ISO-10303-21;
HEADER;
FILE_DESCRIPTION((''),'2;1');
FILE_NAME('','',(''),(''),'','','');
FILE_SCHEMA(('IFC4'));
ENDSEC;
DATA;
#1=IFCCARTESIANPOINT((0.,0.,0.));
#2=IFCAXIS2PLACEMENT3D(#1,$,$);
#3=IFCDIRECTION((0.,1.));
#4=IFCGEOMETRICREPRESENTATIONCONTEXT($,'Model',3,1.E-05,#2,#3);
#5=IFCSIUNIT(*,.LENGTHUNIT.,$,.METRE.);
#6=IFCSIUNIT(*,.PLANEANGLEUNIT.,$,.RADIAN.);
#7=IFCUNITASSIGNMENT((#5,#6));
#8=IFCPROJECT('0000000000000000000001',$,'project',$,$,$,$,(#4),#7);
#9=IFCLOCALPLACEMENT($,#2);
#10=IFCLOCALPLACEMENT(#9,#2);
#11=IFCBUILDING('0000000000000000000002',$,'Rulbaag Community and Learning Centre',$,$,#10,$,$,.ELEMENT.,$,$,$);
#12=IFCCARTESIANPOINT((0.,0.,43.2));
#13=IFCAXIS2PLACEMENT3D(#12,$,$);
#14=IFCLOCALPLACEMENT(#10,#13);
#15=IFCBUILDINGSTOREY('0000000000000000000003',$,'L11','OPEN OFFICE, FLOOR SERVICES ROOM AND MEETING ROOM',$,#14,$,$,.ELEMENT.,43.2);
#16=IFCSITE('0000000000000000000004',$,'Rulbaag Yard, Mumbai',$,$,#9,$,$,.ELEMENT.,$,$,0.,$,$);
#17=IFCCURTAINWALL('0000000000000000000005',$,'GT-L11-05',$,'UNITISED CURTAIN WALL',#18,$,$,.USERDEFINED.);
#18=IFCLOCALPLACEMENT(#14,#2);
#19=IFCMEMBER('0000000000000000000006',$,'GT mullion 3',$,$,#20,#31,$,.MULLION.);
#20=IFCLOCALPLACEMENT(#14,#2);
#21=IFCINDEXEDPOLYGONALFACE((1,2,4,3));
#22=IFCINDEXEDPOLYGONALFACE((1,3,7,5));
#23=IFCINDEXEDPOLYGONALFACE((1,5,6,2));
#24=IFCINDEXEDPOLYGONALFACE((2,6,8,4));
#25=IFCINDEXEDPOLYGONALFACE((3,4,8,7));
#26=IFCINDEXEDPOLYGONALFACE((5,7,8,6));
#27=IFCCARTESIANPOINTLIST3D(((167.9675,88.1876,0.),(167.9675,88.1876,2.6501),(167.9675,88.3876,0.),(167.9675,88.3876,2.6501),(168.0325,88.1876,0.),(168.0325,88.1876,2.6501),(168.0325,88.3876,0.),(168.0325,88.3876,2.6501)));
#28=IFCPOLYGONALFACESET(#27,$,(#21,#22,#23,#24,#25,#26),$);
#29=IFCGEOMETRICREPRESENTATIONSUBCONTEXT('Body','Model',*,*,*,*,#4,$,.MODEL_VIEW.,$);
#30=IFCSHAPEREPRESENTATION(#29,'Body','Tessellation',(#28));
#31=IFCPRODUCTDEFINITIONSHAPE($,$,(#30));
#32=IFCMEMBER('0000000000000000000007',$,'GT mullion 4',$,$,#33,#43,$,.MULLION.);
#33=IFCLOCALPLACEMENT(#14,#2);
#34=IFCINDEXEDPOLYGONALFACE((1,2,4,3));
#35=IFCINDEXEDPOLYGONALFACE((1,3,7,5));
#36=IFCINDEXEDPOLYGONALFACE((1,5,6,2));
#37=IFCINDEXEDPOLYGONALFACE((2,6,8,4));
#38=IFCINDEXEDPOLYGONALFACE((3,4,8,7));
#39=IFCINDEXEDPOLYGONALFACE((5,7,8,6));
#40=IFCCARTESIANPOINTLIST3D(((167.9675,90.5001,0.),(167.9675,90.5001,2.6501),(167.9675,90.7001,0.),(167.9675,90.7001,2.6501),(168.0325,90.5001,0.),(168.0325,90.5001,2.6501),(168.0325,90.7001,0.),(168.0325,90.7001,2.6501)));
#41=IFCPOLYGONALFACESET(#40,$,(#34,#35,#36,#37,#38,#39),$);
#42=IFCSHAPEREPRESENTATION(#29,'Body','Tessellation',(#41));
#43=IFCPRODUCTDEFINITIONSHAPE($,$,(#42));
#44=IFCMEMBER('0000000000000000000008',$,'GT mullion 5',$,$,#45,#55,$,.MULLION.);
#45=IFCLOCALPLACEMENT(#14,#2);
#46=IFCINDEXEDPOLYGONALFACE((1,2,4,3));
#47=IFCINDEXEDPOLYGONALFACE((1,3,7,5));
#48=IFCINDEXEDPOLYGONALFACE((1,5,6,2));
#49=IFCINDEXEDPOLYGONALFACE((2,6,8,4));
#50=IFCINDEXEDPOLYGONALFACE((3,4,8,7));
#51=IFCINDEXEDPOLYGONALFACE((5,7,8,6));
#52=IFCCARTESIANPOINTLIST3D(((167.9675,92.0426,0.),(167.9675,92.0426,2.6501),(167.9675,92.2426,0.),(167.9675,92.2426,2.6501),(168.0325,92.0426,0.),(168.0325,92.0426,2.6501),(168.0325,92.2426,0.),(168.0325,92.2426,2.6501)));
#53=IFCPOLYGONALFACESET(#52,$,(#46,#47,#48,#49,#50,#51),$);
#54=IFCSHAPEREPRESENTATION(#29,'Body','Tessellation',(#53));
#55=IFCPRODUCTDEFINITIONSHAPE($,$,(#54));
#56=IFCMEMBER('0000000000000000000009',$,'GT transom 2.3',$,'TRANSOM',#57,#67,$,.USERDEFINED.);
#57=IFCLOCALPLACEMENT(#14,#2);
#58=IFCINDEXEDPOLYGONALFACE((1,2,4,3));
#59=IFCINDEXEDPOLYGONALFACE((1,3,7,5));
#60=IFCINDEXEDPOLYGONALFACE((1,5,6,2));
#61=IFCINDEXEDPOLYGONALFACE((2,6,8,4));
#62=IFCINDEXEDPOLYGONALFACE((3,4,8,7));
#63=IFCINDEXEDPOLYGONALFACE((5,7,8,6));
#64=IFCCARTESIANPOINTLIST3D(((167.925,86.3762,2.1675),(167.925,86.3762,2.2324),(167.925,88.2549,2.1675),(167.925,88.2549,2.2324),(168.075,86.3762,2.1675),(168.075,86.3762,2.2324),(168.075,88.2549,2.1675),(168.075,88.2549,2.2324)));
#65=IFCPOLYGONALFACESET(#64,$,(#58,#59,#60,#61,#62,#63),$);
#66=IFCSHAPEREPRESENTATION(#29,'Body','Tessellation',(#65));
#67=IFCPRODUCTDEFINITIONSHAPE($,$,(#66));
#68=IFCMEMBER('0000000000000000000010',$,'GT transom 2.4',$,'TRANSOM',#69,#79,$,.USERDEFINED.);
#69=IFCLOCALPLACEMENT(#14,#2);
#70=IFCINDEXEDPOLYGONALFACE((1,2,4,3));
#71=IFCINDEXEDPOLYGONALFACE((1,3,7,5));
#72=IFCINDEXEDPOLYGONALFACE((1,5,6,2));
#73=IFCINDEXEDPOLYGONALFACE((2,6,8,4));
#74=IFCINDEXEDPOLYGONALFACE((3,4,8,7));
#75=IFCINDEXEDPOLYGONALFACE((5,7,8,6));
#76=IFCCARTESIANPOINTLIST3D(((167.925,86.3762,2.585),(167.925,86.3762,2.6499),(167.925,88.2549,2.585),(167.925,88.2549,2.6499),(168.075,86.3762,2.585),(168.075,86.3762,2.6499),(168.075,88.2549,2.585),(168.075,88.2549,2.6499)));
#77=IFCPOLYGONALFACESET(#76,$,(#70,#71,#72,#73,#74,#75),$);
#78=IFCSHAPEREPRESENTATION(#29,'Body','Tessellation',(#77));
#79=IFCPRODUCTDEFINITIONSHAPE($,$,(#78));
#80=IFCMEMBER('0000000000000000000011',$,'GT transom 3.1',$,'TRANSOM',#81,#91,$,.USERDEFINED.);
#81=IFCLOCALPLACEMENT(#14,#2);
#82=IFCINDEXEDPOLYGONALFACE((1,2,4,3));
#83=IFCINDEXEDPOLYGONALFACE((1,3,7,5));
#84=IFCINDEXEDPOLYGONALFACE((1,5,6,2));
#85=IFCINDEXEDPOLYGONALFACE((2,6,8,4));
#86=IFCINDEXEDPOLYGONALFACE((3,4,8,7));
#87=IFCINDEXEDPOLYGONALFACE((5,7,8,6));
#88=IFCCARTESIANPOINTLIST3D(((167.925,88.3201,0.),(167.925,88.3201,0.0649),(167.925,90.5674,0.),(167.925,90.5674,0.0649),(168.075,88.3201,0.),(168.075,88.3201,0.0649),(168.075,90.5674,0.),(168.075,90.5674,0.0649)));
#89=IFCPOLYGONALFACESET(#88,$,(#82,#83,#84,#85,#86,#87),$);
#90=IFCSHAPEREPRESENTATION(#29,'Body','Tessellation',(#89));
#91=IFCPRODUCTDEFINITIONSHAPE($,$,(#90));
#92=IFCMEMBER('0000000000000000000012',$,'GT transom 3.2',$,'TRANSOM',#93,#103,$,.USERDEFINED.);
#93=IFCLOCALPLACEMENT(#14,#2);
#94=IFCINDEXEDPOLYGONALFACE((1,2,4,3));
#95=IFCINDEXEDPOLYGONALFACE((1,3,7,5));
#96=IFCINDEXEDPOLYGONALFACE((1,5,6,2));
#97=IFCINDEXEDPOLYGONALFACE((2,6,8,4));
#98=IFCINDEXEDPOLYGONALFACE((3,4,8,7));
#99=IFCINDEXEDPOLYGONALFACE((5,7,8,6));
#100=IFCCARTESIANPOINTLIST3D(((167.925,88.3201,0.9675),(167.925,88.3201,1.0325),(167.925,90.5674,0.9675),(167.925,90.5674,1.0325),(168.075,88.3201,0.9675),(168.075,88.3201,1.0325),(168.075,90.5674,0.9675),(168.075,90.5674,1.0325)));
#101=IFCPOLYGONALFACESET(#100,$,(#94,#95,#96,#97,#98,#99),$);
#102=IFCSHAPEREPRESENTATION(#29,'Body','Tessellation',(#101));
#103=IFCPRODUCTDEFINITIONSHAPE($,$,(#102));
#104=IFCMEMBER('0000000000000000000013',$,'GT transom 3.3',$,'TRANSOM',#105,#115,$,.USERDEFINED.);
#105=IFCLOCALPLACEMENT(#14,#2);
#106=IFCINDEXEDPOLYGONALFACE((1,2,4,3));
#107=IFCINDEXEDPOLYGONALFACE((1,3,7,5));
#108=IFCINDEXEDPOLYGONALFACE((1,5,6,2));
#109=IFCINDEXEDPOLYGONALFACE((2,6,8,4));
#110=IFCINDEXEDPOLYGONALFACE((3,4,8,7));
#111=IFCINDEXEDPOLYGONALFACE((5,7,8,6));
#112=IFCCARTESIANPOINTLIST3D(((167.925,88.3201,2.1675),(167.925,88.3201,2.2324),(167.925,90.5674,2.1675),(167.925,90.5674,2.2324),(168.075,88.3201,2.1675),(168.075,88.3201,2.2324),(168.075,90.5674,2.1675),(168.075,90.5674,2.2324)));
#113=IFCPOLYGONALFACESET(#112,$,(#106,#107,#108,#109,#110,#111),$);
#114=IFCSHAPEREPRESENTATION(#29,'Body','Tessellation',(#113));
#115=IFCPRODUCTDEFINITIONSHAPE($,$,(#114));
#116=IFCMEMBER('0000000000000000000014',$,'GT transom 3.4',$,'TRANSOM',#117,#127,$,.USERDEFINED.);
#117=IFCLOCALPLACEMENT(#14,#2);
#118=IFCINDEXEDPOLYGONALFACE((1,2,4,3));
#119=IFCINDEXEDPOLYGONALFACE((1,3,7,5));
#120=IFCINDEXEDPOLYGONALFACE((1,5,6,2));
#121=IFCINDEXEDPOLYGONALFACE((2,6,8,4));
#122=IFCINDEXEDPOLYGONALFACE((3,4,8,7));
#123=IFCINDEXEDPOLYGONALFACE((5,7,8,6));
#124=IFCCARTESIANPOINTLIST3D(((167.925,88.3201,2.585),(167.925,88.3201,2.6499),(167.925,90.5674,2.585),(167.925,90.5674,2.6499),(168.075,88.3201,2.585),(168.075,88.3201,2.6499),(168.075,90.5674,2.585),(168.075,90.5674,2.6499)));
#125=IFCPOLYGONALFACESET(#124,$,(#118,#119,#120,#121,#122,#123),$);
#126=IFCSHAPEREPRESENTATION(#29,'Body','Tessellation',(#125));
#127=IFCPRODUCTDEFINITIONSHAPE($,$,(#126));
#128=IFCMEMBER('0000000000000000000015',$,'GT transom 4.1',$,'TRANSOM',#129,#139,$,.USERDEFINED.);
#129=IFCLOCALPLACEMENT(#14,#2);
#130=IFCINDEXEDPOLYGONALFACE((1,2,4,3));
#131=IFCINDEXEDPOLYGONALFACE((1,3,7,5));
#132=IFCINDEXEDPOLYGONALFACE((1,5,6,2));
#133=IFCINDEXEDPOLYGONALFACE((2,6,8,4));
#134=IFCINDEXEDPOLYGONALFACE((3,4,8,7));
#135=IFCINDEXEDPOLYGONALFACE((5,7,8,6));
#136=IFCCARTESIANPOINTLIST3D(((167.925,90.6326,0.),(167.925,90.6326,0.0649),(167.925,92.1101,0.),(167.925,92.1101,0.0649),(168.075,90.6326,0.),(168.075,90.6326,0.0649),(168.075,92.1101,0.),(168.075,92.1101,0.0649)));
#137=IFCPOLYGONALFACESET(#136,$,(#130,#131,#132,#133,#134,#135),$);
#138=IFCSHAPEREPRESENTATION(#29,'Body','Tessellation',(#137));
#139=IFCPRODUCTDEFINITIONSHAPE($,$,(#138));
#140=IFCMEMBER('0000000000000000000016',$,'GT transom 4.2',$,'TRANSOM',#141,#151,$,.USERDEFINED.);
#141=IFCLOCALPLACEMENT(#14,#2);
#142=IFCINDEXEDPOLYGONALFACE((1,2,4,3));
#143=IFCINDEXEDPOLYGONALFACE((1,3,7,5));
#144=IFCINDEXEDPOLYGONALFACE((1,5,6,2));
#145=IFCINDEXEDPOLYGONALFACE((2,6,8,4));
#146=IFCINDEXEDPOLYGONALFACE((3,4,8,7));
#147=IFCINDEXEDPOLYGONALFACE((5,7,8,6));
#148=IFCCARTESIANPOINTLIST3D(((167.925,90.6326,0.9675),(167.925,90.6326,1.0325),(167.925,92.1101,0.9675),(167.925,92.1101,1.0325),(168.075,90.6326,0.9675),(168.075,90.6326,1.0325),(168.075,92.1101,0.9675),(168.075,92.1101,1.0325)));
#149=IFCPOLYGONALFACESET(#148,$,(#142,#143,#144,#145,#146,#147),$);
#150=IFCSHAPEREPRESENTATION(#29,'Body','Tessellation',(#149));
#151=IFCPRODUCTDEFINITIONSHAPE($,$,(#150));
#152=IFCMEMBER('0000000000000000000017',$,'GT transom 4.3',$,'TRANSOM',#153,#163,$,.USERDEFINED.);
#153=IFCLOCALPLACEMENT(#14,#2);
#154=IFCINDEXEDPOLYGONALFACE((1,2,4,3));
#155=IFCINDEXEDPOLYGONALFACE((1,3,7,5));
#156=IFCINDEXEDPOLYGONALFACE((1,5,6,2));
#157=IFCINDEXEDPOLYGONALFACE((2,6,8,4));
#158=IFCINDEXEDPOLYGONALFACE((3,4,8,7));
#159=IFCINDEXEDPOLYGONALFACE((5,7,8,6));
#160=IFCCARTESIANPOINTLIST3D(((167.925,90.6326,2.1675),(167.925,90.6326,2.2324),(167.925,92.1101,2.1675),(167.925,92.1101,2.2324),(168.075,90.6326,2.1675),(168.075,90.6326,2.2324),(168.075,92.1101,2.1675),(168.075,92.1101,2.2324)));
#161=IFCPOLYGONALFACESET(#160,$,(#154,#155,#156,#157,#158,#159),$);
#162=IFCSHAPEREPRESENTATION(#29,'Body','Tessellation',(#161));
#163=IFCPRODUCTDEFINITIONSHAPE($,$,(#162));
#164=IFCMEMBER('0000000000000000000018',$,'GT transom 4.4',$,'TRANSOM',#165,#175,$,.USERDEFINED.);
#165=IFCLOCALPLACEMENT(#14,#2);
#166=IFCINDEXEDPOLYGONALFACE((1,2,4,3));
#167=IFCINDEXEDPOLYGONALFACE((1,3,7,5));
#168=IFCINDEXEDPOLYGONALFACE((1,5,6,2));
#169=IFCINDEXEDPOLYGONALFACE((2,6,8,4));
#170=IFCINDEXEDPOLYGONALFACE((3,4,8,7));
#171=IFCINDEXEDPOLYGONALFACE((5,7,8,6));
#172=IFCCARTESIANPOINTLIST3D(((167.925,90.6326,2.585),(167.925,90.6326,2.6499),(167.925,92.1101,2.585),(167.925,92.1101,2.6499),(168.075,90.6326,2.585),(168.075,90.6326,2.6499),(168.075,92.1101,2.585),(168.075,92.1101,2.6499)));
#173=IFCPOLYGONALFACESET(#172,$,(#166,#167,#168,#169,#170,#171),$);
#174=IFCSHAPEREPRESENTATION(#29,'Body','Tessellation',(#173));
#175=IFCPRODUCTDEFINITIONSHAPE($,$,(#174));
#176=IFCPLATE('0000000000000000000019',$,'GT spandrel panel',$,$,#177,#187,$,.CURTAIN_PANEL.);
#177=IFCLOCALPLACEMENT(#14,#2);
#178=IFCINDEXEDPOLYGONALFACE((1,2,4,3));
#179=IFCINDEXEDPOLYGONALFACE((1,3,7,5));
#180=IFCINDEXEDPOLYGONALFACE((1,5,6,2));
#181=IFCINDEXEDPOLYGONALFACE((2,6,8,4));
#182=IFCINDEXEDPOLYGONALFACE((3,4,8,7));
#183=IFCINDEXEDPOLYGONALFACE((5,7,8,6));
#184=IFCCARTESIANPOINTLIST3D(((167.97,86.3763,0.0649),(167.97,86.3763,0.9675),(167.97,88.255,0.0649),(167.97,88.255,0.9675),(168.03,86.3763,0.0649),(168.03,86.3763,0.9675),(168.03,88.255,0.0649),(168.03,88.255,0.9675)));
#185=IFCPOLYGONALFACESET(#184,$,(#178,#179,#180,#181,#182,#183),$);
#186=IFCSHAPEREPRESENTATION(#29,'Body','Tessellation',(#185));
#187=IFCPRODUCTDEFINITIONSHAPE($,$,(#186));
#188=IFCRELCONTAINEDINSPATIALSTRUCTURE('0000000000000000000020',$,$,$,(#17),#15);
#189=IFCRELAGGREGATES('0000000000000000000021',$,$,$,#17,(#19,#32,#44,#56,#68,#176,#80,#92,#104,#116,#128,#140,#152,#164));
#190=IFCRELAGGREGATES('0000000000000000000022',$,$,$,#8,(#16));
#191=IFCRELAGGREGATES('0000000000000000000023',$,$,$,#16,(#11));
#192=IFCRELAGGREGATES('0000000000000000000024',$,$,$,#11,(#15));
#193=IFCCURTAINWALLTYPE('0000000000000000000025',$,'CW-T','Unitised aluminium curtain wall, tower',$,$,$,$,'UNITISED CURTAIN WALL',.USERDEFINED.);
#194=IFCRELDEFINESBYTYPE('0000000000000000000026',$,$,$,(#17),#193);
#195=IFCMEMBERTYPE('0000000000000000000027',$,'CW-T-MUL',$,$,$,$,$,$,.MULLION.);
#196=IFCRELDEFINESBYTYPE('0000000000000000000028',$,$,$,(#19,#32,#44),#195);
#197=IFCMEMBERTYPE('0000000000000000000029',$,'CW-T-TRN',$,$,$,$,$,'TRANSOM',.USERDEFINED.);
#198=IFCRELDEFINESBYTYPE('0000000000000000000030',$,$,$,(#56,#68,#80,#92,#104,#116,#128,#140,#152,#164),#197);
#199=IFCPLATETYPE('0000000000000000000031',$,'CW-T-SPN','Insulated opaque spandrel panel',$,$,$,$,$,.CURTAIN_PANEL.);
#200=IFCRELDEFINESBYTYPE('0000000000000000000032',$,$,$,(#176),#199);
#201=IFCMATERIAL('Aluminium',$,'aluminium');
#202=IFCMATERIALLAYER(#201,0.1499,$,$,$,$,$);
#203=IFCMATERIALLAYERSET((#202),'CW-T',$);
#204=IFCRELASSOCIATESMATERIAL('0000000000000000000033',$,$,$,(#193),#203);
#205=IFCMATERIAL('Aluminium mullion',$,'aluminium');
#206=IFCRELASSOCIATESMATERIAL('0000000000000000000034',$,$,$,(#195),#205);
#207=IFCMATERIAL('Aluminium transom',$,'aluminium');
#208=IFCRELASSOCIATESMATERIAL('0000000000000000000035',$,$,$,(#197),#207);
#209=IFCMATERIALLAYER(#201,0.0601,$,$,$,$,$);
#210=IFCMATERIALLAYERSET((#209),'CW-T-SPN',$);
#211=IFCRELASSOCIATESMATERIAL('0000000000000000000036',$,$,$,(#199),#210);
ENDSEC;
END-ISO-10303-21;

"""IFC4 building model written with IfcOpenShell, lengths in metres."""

from ifc_helpers import new_model, si_unit, direction, frame, origin, origin_2d, place, context, subcontext, project, spatial, rectangle, extrude, material, layer, layer_set, material_profile, profile_set, type_object, element, aggregate, save


model = new_model("IFC4")

# Units and contexts
model_context = context("Model", 3, precision=1e-05, world=origin(), true_north=direction((0.0, 1.0)))
body_context = subcontext(model_context, "Body", "Model", "MODEL_VIEW")
ifc_project = project(units=[si_unit("LENGTHUNIT", "METRE"), si_unit("PLANEANGLEUNIT", "RADIAN")], contexts=[model_context])

# Site, building, storey
site_placement = place(None, origin())
site = spatial("IfcSite", under=ifc_project, at=site_placement, Name="Rulbaag Yard, Mumbai", CompositionType="ELEMENT", RefElevation=0.0)
building_placement = place(site_placement, origin())
building = spatial("IfcBuilding", under=site, at=building_placement, Name="Rulbaag Community and Learning Centre", CompositionType="ELEMENT")
storey_placement = place(building_placement, frame((0.0, 0.0, 43.2)))
storey = spatial("IfcBuildingStorey", under=building, at=storey_placement, Name="L11", Description="OPEN OFFICE, FLOOR SERVICES ROOM AND MEETING ROOM", CompositionType="ELEMENT", Elevation=43.2)

# Curtain wall, members, plate
ifc_material_1 = material(Name="Aluminium", Category="aluminium")
ifc_layer_1 = layer(ifc_material_1, 0.1499)
ifc_layer_set_1 = layer_set([ifc_layer_1], Name="CW-T")
curtain_wall_type = type_object("IfcCurtainWallType", Name="CW-T", Description="Unitised aluminium curtain wall, tower", ElementType="UNITISED CURTAIN WALL", PredefinedType="USERDEFINED", material=ifc_layer_set_1)
curtain_wall_placement = place(storey_placement, origin())
curtain_wall = element("IfcCurtainWall", 1, at=curtain_wall_placement, inside=storey, type_object=curtain_wall_type, Name="GT-L11-05", ObjectType="UNITISED CURTAIN WALL", PredefinedType="USERDEFINED")
ifc_material_2 = material(Name="Aluminium mullion", Category="aluminium")
ifc_material_profile_1 = material_profile(ifc_material_2, rectangle(XDim=0.0649, YDim=0.2, at=origin_2d()), Name="AL 65x200")
ifc_profile_set_1 = profile_set([ifc_material_profile_1], Name="Aluminium mullion")
member_type_1 = type_object("IfcMemberType", Name="CW-T-MUL", PredefinedType="MULLION", material=ifc_profile_set_1)
member_1_placement = place(storey_placement, frame((168.0, 88.2876, 0.0), z_axis=(0.0, 0.0, 1.0), x_axis=(-1.0, 0.0, 0.0)))
member_1 = element("IfcMember", 2, at=member_1_placement, type_object=member_type_1, Name="GT mullion 3", PredefinedType="MULLION", context=body_context, shape_type="SweptSolid", body=[
    extrude(rectangle(XDim=0.0649, YDim=0.2, at=origin_2d()), origin(), (0.0, 0.0, 1.0), 2.6501),
])
member_2_placement = place(storey_placement, frame((168.0, 90.6001, 0.0), z_axis=(0.0, 0.0, 1.0), x_axis=(-1.0, 0.0, 0.0)))
member_2 = element("IfcMember", 3, at=member_2_placement, type_object=member_type_1, Name="GT mullion 4", PredefinedType="MULLION", context=body_context, shape_type="SweptSolid", body=[
    extrude(rectangle(XDim=0.0649, YDim=0.2, at=origin_2d()), origin(), (0.0, 0.0, 1.0), 2.6501),
])
member_3_placement = place(storey_placement, frame((168.0, 92.1426, 0.0), z_axis=(0.0, 0.0, 1.0), x_axis=(-1.0, 0.0, 0.0)))
member_3 = element("IfcMember", 4, at=member_3_placement, type_object=member_type_1, Name="GT mullion 5", PredefinedType="MULLION", context=body_context, shape_type="SweptSolid", body=[
    extrude(rectangle(XDim=0.0649, YDim=0.2, at=origin_2d()), origin(), (0.0, 0.0, 1.0), 2.6501),
])
ifc_material_3 = material(Name="Aluminium transom", Category="aluminium")
ifc_material_profile_2 = material_profile(ifc_material_3, rectangle(XDim=0.1499, YDim=0.0649, at=origin_2d()), Name="AL 65x150 T")
ifc_profile_set_2 = profile_set([ifc_material_profile_2], Name="Aluminium transom")
member_type_2 = type_object("IfcMemberType", Name="CW-T-TRN", ElementType="TRANSOM", PredefinedType="USERDEFINED", material=ifc_profile_set_2)
member_4_placement = place(storey_placement, frame((168.0, 86.3762, 2.2), z_axis=(0.0, 1.0, 0.0), x_axis=(-1.0, 0.0, 0.0)))
member_4 = element("IfcMember", 5, at=member_4_placement, type_object=member_type_2, Name="GT transom 2.3", ObjectType="TRANSOM", PredefinedType="USERDEFINED", context=body_context, shape_type="SweptSolid", body=[
    extrude(rectangle(XDim=0.1499, YDim=0.0649, at=origin_2d()), origin(), (0.0, 0.0, 1.0), 1.8787),
])
member_5_placement = place(storey_placement, frame((168.0, 86.3762, 2.6174), z_axis=(0.0, 1.0, 0.0), x_axis=(-1.0, 0.0, 0.0)))
member_5 = element("IfcMember", 6, at=member_5_placement, type_object=member_type_2, Name="GT transom 2.4", ObjectType="TRANSOM", PredefinedType="USERDEFINED", context=body_context, shape_type="SweptSolid", body=[
    extrude(rectangle(XDim=0.1499, YDim=0.0649, at=origin_2d()), origin(), (0.0, 0.0, 1.0), 1.8787),
])
member_6_placement = place(storey_placement, frame((168.0, 88.3201, 0.0325), z_axis=(0.0, 1.0, 0.0), x_axis=(-1.0, 0.0, 0.0)))
member_6 = element("IfcMember", 7, at=member_6_placement, type_object=member_type_2, Name="GT transom 3.1", ObjectType="TRANSOM", PredefinedType="USERDEFINED", context=body_context, shape_type="SweptSolid", body=[
    extrude(rectangle(XDim=0.1499, YDim=0.0649, at=origin_2d()), origin(), (0.0, 0.0, 1.0), 2.2473),
])
member_7_placement = place(storey_placement, frame((168.0, 88.3201, 1.0), z_axis=(0.0, 1.0, 0.0), x_axis=(-1.0, 0.0, 0.0)))
member_7 = element("IfcMember", 8, at=member_7_placement, type_object=member_type_2, Name="GT transom 3.2", ObjectType="TRANSOM", PredefinedType="USERDEFINED", context=body_context, shape_type="SweptSolid", body=[
    extrude(rectangle(XDim=0.1499, YDim=0.0649, at=origin_2d()), origin(), (0.0, 0.0, 1.0), 2.2473),
])
member_8_placement = place(storey_placement, frame((168.0, 88.3201, 2.2), z_axis=(0.0, 1.0, 0.0), x_axis=(-1.0, 0.0, 0.0)))
member_8 = element("IfcMember", 9, at=member_8_placement, type_object=member_type_2, Name="GT transom 3.3", ObjectType="TRANSOM", PredefinedType="USERDEFINED", context=body_context, shape_type="SweptSolid", body=[
    extrude(rectangle(XDim=0.1499, YDim=0.0649, at=origin_2d()), origin(), (0.0, 0.0, 1.0), 2.2473),
])
member_9_placement = place(storey_placement, frame((168.0, 88.3201, 2.6174), z_axis=(0.0, 1.0, 0.0), x_axis=(-1.0, 0.0, 0.0)))
member_9 = element("IfcMember", 10, at=member_9_placement, type_object=member_type_2, Name="GT transom 3.4", ObjectType="TRANSOM", PredefinedType="USERDEFINED", context=body_context, shape_type="SweptSolid", body=[
    extrude(rectangle(XDim=0.1499, YDim=0.0649, at=origin_2d()), origin(), (0.0, 0.0, 1.0), 2.2473),
])
member_10_placement = place(storey_placement, frame((168.0, 90.6326, 0.0325), z_axis=(0.0, 1.0, 0.0), x_axis=(-1.0, 0.0, 0.0)))
member_10 = element("IfcMember", 11, at=member_10_placement, type_object=member_type_2, Name="GT transom 4.1", ObjectType="TRANSOM", PredefinedType="USERDEFINED", context=body_context, shape_type="SweptSolid", body=[
    extrude(rectangle(XDim=0.1499, YDim=0.0649, at=origin_2d()), origin(), (0.0, 0.0, 1.0), 1.4775),
])
member_11_placement = place(storey_placement, frame((168.0, 90.6326, 1.0), z_axis=(0.0, 1.0, 0.0), x_axis=(-1.0, 0.0, 0.0)))
member_11 = element("IfcMember", 12, at=member_11_placement, type_object=member_type_2, Name="GT transom 4.2", ObjectType="TRANSOM", PredefinedType="USERDEFINED", context=body_context, shape_type="SweptSolid", body=[
    extrude(rectangle(XDim=0.1499, YDim=0.0649, at=origin_2d()), origin(), (0.0, 0.0, 1.0), 1.4775),
])
member_12_placement = place(storey_placement, frame((168.0, 90.6326, 2.2), z_axis=(0.0, 1.0, 0.0), x_axis=(-1.0, 0.0, 0.0)))
member_12 = element("IfcMember", 13, at=member_12_placement, type_object=member_type_2, Name="GT transom 4.3", ObjectType="TRANSOM", PredefinedType="USERDEFINED", context=body_context, shape_type="SweptSolid", body=[
    extrude(rectangle(XDim=0.1499, YDim=0.0649, at=origin_2d()), origin(), (0.0, 0.0, 1.0), 1.4775),
])
member_13_placement = place(storey_placement, frame((168.0, 90.6326, 2.6174), z_axis=(0.0, 1.0, 0.0), x_axis=(-1.0, 0.0, 0.0)))
member_13 = element("IfcMember", 14, at=member_13_placement, type_object=member_type_2, Name="GT transom 4.4", ObjectType="TRANSOM", PredefinedType="USERDEFINED", context=body_context, shape_type="SweptSolid", body=[
    extrude(rectangle(XDim=0.1499, YDim=0.0649, at=origin_2d()), origin(), (0.0, 0.0, 1.0), 1.4775),
])
ifc_layer_2 = layer(ifc_material_1, 0.0601)
ifc_layer_set_2 = layer_set([ifc_layer_2], Name="CW-T-SPN")
plate_type_1 = type_object("IfcPlateType", Name="CW-T-SPN", Description="Insulated opaque spandrel panel", PredefinedType="CURTAIN_PANEL", material=ifc_layer_set_2)
plate_1_placement = place(storey_placement, frame((168.0, 87.3157, 0.0649), z_axis=(0.0, 0.0, 1.0), x_axis=(0.0, 1.0, 0.0)))
plate_1 = element("IfcPlate", 15, at=plate_1_placement, type_object=plate_type_1, Name="GT spandrel panel", PredefinedType="CURTAIN_PANEL", context=body_context, shape_type="SweptSolid", body=[
    extrude(rectangle(XDim=1.8787, YDim=0.0601, at=origin_2d()), origin(), (0.0, 0.0, 1.0), 0.9026),
])
aggregate(curtain_wall, [member_1, member_2, member_3, member_4, member_5, plate_1, member_6, member_7, member_8, member_9, member_10, member_11, member_12, member_13])

save(model, "model.ifc")
